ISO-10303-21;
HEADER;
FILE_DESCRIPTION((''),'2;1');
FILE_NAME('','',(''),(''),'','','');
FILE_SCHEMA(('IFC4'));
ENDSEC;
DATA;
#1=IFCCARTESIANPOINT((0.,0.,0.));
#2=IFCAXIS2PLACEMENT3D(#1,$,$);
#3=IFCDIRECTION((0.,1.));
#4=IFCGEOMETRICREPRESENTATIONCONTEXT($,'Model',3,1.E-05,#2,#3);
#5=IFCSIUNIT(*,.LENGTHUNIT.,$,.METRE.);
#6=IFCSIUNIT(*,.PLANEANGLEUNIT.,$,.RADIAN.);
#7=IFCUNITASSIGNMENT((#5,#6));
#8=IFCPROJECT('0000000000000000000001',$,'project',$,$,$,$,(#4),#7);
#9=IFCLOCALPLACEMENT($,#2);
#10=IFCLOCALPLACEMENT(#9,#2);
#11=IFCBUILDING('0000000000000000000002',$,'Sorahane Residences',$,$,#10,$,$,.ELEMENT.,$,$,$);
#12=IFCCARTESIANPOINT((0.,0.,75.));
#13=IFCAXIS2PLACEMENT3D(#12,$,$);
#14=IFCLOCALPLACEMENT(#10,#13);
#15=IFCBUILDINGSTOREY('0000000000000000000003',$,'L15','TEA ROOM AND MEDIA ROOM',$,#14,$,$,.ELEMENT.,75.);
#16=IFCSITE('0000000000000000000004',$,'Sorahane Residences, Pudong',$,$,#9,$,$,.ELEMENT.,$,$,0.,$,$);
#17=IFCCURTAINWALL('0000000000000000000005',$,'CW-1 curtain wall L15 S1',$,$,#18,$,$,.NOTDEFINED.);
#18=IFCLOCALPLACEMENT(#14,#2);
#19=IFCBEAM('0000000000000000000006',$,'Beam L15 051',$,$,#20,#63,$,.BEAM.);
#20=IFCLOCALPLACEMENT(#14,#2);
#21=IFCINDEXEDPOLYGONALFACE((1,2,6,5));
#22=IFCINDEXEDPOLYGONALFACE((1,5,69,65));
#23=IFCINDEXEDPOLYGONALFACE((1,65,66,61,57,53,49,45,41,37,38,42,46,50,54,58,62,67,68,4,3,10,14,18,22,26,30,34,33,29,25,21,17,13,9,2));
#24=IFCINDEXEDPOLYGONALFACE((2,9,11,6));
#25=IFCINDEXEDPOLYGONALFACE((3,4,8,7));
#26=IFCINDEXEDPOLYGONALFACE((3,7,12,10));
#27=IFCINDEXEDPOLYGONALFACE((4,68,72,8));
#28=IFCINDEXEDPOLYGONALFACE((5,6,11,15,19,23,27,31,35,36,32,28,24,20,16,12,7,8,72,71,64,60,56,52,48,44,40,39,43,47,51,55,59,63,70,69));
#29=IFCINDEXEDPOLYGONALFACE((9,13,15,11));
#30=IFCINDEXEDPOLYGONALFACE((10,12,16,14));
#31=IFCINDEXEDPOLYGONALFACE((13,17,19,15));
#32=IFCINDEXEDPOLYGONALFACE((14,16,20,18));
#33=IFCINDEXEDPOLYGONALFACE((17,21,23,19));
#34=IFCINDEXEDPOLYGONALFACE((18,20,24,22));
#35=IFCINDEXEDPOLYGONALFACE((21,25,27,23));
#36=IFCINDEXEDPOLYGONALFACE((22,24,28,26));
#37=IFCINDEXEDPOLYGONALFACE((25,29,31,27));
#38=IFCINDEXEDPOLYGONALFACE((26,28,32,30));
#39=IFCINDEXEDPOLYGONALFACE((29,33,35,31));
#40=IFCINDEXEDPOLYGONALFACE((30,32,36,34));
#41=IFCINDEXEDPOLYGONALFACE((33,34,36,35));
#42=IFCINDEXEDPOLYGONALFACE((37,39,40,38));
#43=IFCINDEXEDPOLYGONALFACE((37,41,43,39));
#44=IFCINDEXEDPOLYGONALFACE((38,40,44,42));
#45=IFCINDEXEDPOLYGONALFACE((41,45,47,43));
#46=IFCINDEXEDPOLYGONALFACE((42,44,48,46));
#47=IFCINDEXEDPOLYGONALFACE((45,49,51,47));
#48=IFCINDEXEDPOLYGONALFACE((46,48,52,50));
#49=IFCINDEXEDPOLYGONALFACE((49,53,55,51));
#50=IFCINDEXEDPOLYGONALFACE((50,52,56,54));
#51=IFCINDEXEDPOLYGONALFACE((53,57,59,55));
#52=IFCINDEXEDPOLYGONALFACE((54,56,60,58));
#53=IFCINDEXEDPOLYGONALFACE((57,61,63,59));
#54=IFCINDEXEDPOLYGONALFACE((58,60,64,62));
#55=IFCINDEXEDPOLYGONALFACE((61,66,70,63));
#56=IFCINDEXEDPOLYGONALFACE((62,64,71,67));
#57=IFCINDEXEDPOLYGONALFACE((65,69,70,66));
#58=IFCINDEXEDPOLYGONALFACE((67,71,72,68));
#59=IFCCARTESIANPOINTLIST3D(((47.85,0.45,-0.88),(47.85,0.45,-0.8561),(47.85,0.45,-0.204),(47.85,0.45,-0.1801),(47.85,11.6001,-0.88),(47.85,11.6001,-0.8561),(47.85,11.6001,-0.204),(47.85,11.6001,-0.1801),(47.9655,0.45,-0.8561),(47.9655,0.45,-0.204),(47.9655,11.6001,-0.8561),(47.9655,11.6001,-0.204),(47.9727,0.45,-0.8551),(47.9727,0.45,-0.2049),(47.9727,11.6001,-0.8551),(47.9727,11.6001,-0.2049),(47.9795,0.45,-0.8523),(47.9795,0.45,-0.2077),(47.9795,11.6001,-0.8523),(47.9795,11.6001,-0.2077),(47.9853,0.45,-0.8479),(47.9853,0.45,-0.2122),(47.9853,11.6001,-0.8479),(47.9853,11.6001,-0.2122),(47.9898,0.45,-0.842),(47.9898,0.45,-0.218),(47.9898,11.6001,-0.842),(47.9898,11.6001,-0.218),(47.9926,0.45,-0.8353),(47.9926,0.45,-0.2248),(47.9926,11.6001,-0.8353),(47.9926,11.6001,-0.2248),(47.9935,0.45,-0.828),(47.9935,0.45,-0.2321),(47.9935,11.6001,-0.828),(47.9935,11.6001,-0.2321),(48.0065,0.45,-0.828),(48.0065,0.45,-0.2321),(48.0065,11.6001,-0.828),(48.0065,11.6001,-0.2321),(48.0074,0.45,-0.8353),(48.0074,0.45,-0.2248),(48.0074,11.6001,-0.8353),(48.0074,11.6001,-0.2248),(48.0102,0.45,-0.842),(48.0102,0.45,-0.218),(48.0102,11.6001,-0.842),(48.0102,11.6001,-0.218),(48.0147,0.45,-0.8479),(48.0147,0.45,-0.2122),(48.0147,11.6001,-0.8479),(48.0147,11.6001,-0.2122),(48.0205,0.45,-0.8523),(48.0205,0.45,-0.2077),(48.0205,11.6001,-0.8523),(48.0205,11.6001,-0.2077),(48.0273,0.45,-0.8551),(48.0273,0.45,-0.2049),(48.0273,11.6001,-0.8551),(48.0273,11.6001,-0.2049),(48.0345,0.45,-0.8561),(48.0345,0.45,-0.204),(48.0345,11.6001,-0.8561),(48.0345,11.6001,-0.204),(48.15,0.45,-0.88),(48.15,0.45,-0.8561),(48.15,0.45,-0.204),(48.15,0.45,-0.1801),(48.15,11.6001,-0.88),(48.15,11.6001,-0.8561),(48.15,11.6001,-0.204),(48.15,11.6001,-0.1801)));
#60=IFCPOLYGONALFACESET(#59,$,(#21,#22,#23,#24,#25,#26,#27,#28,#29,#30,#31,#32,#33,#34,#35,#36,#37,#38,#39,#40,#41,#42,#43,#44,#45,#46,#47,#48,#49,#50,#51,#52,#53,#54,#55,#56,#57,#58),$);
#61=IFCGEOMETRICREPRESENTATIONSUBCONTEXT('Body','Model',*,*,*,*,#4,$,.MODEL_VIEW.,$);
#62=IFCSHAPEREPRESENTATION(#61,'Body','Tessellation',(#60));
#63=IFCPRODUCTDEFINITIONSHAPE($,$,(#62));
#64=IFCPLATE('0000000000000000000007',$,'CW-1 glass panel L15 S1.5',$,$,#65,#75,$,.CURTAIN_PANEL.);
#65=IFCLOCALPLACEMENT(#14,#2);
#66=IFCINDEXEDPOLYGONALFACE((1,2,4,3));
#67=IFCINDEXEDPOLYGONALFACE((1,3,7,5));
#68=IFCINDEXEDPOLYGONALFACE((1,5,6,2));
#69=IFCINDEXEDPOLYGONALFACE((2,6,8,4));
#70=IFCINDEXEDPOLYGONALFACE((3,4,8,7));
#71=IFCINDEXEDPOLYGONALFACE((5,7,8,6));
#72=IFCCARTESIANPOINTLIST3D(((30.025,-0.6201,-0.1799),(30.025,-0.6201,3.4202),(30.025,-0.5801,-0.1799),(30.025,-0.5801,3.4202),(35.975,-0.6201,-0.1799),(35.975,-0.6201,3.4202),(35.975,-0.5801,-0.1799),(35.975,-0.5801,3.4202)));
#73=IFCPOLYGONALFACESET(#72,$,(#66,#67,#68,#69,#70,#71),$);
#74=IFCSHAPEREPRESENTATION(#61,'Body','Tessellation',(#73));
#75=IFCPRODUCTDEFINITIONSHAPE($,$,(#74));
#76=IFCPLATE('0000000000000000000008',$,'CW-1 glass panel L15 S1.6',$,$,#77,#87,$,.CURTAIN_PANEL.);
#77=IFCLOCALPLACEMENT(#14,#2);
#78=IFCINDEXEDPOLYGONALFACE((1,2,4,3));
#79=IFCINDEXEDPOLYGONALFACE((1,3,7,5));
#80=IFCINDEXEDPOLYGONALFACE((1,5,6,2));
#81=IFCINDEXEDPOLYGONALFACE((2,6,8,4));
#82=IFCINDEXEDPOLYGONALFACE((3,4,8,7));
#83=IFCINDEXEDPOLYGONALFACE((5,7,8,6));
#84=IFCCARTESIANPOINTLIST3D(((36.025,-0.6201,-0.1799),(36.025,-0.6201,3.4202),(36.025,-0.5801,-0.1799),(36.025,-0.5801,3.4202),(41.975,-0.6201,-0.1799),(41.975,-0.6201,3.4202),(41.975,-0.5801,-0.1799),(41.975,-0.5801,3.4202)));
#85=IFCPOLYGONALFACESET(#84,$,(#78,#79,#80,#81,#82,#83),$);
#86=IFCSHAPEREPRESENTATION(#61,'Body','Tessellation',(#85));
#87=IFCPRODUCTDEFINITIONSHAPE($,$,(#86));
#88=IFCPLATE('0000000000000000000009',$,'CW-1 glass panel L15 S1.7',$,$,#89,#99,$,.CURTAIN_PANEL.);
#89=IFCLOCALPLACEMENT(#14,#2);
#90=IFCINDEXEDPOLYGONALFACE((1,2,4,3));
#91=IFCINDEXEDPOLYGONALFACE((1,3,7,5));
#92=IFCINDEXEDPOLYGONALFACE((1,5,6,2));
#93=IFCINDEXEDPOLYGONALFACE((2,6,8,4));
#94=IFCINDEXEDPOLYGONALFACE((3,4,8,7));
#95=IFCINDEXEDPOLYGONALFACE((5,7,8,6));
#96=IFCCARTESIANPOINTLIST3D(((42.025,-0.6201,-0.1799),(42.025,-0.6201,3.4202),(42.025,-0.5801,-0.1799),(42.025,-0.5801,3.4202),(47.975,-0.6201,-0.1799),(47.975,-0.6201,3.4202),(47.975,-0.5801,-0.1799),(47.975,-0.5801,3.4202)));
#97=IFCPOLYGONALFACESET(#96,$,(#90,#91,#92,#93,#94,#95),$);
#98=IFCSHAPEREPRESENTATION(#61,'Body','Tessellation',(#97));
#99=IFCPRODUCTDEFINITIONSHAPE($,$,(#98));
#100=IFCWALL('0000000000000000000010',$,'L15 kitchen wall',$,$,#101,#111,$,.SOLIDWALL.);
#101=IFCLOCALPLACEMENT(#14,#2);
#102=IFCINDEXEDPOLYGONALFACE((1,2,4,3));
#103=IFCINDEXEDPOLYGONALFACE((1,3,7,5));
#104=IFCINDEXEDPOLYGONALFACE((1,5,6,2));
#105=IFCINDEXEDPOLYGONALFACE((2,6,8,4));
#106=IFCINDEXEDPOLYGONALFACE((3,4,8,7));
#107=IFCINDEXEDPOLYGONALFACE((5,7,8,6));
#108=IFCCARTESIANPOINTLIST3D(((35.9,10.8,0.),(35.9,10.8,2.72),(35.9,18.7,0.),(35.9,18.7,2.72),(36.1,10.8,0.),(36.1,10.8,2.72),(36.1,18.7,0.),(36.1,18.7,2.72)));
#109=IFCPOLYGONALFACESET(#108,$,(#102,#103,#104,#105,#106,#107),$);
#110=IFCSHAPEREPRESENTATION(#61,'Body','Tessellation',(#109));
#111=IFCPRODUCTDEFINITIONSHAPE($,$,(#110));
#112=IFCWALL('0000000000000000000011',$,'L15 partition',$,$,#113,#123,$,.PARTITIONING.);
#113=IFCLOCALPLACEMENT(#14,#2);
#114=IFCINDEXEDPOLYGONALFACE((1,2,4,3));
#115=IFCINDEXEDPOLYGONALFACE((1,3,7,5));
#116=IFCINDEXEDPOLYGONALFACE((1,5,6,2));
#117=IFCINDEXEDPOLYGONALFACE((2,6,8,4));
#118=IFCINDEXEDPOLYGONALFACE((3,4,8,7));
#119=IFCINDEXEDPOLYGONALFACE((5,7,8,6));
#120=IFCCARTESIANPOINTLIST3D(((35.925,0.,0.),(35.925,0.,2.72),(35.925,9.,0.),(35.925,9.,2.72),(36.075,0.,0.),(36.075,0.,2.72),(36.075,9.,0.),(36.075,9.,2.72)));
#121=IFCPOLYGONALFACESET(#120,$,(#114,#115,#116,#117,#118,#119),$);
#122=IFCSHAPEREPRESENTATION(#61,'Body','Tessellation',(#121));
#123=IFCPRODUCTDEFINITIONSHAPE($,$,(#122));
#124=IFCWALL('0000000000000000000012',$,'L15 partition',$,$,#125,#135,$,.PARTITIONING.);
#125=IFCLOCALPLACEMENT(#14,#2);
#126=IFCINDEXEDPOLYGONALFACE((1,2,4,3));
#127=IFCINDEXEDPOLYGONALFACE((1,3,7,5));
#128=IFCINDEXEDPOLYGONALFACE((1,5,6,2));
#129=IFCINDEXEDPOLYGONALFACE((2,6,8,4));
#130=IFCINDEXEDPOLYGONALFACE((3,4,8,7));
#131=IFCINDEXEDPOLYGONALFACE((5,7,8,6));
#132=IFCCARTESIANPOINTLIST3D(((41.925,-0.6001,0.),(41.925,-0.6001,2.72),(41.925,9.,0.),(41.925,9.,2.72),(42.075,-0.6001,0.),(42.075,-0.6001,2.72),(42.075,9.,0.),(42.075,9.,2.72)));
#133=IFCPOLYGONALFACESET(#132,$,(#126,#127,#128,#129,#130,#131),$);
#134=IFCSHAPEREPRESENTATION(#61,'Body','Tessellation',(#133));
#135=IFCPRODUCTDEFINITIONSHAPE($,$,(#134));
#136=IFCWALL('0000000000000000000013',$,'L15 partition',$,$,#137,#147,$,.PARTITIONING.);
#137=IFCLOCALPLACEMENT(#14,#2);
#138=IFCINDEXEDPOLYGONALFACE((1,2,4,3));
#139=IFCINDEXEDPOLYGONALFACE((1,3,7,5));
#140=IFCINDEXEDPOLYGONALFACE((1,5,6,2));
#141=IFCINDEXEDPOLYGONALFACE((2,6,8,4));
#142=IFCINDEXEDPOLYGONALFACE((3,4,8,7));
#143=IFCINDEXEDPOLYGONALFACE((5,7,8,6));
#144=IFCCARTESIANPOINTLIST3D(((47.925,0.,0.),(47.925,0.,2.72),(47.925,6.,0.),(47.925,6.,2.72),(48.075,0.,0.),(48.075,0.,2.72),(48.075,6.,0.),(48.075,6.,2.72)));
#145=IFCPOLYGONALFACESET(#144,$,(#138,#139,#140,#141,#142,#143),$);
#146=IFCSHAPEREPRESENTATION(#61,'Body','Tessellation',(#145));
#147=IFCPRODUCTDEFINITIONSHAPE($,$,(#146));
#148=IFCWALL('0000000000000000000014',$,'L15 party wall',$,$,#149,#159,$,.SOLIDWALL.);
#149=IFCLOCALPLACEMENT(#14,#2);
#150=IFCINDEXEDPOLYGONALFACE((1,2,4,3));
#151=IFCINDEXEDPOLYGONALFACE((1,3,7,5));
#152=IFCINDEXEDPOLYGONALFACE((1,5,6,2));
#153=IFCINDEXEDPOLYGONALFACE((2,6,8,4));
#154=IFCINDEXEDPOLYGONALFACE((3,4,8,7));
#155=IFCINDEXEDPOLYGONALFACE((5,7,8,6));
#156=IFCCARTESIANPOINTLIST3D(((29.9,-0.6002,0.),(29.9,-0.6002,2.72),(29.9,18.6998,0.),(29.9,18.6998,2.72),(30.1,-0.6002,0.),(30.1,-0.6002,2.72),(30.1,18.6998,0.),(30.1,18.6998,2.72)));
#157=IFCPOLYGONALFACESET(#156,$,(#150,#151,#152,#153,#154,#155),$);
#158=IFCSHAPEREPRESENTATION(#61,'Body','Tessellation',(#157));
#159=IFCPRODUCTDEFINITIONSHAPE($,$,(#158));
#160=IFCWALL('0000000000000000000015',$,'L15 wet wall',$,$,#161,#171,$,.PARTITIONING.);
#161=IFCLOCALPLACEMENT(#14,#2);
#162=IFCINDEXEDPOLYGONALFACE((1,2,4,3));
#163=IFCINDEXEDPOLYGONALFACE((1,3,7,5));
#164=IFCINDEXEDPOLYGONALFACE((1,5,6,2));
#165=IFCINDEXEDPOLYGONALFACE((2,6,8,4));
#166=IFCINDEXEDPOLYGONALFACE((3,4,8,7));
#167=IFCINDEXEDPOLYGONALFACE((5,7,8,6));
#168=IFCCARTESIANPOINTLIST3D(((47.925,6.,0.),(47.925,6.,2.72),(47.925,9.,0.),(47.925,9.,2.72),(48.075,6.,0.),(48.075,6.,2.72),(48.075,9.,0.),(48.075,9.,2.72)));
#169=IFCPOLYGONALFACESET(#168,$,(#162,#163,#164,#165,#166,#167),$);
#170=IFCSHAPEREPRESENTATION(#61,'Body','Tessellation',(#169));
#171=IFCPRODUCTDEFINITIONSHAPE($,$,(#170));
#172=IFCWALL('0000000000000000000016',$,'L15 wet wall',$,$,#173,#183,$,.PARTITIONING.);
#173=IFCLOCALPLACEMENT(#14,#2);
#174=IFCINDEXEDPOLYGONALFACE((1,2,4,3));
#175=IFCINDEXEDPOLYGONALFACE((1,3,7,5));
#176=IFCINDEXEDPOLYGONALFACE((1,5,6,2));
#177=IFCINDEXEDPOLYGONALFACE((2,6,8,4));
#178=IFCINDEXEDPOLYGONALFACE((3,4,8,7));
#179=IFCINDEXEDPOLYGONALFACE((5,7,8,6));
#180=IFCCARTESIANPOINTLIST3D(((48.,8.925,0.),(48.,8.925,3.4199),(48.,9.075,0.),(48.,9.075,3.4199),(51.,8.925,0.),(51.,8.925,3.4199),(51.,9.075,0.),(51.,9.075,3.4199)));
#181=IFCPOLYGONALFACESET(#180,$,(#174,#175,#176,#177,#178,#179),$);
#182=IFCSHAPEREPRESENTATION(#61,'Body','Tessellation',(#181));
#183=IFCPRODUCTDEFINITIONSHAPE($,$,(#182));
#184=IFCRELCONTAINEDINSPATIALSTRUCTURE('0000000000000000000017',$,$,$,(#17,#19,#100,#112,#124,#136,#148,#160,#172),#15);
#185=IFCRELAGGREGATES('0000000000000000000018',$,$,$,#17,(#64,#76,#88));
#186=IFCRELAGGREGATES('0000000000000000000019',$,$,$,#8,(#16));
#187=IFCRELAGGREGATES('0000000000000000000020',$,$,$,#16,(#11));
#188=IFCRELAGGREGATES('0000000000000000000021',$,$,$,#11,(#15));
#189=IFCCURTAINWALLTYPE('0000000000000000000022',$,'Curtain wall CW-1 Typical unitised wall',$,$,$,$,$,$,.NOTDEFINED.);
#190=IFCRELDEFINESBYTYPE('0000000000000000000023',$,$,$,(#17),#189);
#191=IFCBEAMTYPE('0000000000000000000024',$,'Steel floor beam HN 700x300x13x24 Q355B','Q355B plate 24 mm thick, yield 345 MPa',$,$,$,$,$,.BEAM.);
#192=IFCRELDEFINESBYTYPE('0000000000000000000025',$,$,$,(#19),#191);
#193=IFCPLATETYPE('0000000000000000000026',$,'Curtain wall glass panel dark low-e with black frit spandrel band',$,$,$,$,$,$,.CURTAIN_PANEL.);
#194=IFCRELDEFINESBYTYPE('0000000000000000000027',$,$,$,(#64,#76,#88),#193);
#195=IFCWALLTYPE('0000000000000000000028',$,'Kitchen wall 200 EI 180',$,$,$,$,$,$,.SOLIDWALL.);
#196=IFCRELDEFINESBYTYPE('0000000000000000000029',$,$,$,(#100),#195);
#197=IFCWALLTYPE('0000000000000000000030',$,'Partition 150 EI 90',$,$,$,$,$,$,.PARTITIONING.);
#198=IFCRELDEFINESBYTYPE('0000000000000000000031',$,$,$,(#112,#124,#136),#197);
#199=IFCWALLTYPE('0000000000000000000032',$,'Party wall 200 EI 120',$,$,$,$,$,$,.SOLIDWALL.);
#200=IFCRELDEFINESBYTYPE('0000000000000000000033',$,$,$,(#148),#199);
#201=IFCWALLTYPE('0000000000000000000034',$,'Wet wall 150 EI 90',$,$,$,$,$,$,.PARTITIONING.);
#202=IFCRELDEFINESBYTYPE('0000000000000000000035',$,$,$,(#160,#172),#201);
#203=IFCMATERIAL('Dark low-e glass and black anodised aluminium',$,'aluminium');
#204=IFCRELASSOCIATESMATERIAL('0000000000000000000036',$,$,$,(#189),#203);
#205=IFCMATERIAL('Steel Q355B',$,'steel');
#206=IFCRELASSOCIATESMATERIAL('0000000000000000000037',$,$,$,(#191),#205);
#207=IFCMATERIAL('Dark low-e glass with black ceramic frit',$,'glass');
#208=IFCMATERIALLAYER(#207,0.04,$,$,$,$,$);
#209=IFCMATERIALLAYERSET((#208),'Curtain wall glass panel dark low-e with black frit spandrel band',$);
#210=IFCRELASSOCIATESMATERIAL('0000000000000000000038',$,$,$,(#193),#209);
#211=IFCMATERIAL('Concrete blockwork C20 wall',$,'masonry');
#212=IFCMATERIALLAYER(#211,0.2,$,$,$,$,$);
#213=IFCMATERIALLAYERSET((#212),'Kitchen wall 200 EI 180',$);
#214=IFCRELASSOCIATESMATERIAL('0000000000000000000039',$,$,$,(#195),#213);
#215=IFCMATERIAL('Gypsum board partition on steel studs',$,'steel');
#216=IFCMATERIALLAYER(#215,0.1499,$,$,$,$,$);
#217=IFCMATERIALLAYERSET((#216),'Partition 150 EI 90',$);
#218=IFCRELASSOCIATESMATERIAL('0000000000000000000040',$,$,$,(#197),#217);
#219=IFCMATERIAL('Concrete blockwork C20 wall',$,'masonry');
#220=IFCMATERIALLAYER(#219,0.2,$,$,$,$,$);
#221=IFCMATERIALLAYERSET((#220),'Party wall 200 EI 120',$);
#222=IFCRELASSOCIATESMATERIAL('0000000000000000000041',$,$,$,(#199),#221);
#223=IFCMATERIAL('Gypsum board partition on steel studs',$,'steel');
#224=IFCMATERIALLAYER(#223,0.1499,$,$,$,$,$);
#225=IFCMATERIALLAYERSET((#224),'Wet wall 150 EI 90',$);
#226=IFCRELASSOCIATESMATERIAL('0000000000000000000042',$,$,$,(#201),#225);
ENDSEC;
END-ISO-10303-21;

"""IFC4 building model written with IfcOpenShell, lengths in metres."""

from ifc_helpers import new_model, si_unit, direction, frame, frame_2d, origin, origin_2d, place, context, subcontext, project, spatial, rectangle, i_section, extrude, material, layer, layer_set, material_profile, profile_set, type_object, element, aggregate, save


model = new_model("IFC4")

# Units and contexts
model_context = context("Model", 3, precision=1e-05, world=origin(), true_north=direction((0.0, 1.0)))
body_context = subcontext(model_context, "Body", "Model", "MODEL_VIEW")
ifc_project = project(units=[si_unit("LENGTHUNIT", "METRE"), si_unit("PLANEANGLEUNIT", "RADIAN")], contexts=[model_context])

# Site, building, storey
site_placement = place(None, origin())
site = spatial("IfcSite", under=ifc_project, at=site_placement, Name="Sorahane Residences, Pudong", CompositionType="ELEMENT", RefElevation=0.0)
building_placement = place(site_placement, origin())
building = spatial("IfcBuilding", under=site, at=building_placement, Name="Sorahane Residences", CompositionType="ELEMENT")
storey_placement = place(building_placement, frame((0.0, 0.0, 75.0)))
storey = spatial("IfcBuildingStorey", under=building, at=storey_placement, Name="L15", Description="TEA ROOM AND MEDIA ROOM", CompositionType="ELEMENT", Elevation=75.0)

# Curtain wall
ifc_material_1 = material(Name="Dark low-e glass and black anodised aluminium", Category="aluminium")
curtain_wall_type = type_object("IfcCurtainWallType", Name="Curtain wall CW-1 Typical unitised wall", PredefinedType="NOTDEFINED", material=ifc_material_1)
curtain_wall_placement = place(storey_placement, origin())
curtain_wall = element("IfcCurtainWall", 1, at=curtain_wall_placement, inside=storey, type_object=curtain_wall_type, Name="CW-1 curtain wall L15 S1", PredefinedType="NOTDEFINED")

# Beam
ifc_material_2 = material(Name="Steel Q355B", Category="steel")
ifc_material_profile_1 = material_profile(ifc_material_2, i_section(OverallWidth=0.3, OverallDepth=0.7, WebThickness=0.0129, FlangeThickness=0.0239, FilletRadius=0.0281, at=origin_2d()), Name="HN 700x300x13x24")
ifc_profile_set_1 = profile_set([ifc_material_profile_1], Name="Steel Q355B")
beam_type_1 = type_object("IfcBeamType", Name="Steel floor beam HN 700x300x13x24 Q355B", Description="Q355B plate 24 mm thick, yield 345 MPa", PredefinedType="BEAM", material=ifc_profile_set_1)
beam_1_placement = place(storey_placement, frame((48.0, 0.45, -0.53), z_axis=(0.0, 1.0, 0.0), x_axis=(-1.0, 0.0, 0.0)))
element("IfcBeam", 2, at=beam_1_placement, inside=storey, type_object=beam_type_1, Name="Beam L15 051", PredefinedType="BEAM", context=body_context, shape_type="SweptSolid", body=[
    extrude(i_section(OverallWidth=0.3, OverallDepth=0.7, WebThickness=0.0129, FlangeThickness=0.0239, FilletRadius=0.0281, at=origin_2d()), origin(), (0.0, 0.0, 1.0), 11.1501),
])

# Plates
ifc_material_3 = material(Name="Dark low-e glass with black ceramic frit", Category="glass")
ifc_layer_1 = layer(ifc_material_3, 0.04)
ifc_layer_set_1 = layer_set([ifc_layer_1], Name="Curtain wall glass panel dark low-e with black frit spandrel band")
plate_type = type_object("IfcPlateType", Name="Curtain wall glass panel dark low-e with black frit spandrel band", PredefinedType="CURTAIN_PANEL", material=ifc_layer_set_1)
plate_1_placement = place(storey_placement, frame((33.0, -0.6001, -0.1799), z_axis=(0.0, 0.0, 1.0), x_axis=(1.0, 0.0, 0.0)))
plate_1 = element("IfcPlate", 3, at=plate_1_placement, type_object=plate_type, Name="CW-1 glass panel L15 S1.5", PredefinedType="CURTAIN_PANEL", context=body_context, shape_type="SweptSolid", body=[
    extrude(rectangle(XDim=5.95, YDim=0.04, at=origin_2d()), origin(), (0.0, 0.0, 1.0), 3.6001),
])
plate_2_placement = place(storey_placement, frame((39.0, -0.6001, -0.1799), z_axis=(0.0, 0.0, 1.0), x_axis=(1.0, 0.0, 0.0)))
plate_2 = element("IfcPlate", 4, at=plate_2_placement, type_object=plate_type, Name="CW-1 glass panel L15 S1.6", PredefinedType="CURTAIN_PANEL", context=body_context, shape_type="SweptSolid", body=[
    extrude(rectangle(XDim=5.95, YDim=0.04, at=origin_2d()), origin(), (0.0, 0.0, 1.0), 3.6001),
])
plate_3_placement = place(storey_placement, frame((45.0, -0.6001, -0.1799), z_axis=(0.0, 0.0, 1.0), x_axis=(1.0, 0.0, 0.0)))
plate_3 = element("IfcPlate", 5, at=plate_3_placement, type_object=plate_type, Name="CW-1 glass panel L15 S1.7", PredefinedType="CURTAIN_PANEL", context=body_context, shape_type="SweptSolid", body=[
    extrude(rectangle(XDim=5.95, YDim=0.04, at=origin_2d()), origin(), (0.0, 0.0, 1.0), 3.6001),
])
aggregate(curtain_wall, [plate_1, plate_2, plate_3])

# Wall
ifc_material_4 = material(Name="Concrete blockwork C20 wall", Category="masonry")
ifc_layer_2 = layer(ifc_material_4, 0.2)
ifc_layer_set_2 = layer_set([ifc_layer_2], Name="Kitchen wall 200 EI 180")
wall_type_1 = type_object("IfcWallType", Name="Kitchen wall 200 EI 180", PredefinedType="SOLIDWALL", material=ifc_layer_set_2)
wall_1_placement = place(storey_placement, frame((36.0, 10.8, 0.0), z_axis=(0.0, 0.0, 1.0), x_axis=(0.0, 1.0, 0.0)))
element("IfcWall", 6, at=wall_1_placement, inside=storey, type_object=wall_type_1, Name="L15 kitchen wall", PredefinedType="SOLIDWALL", context=body_context, shape_type="SweptSolid", body=[
    extrude(rectangle(XDim=7.8999, YDim=0.2, at=frame_2d((3.95, 0.0))), origin(), (0.0, 0.0, 1.0), 2.72),
])

# Walls
ifc_material_5 = material(Name="Gypsum board partition on steel studs", Category="steel")
ifc_layer_3 = layer(ifc_material_5, 0.1499)
ifc_layer_set_3 = layer_set([ifc_layer_3], Name="Partition 150 EI 90")
wall_type_2 = type_object("IfcWallType", Name="Partition 150 EI 90", PredefinedType="PARTITIONING", material=ifc_layer_set_3)
wall_2_placement = place(storey_placement, frame((36.0, 0.0, 0.0), z_axis=(0.0, 0.0, 1.0), x_axis=(0.0, 1.0, 0.0)))
element("IfcWall", 7, at=wall_2_placement, inside=storey, type_object=wall_type_2, Name="L15 partition", PredefinedType="PARTITIONING", context=body_context, shape_type="SweptSolid", body=[
    extrude(rectangle(XDim=9.0, YDim=0.1499, at=frame_2d((4.5, 0.0))), origin(), (0.0, 0.0, 1.0), 2.72),
])
wall_3_placement = place(storey_placement, frame((42.0, -0.6001, 0.0), z_axis=(0.0, 0.0, 1.0), x_axis=(0.0, 1.0, 0.0)))
element("IfcWall", 8, at=wall_3_placement, inside=storey, type_object=wall_type_2, Name="L15 partition", PredefinedType="PARTITIONING", context=body_context, shape_type="SweptSolid", body=[
    extrude(rectangle(XDim=9.6001, YDim=0.1499, at=frame_2d((4.8, 0.0))), origin(), (0.0, 0.0, 1.0), 2.72),
])
wall_4_placement = place(storey_placement, frame((48.0, 0.0, 0.0), z_axis=(0.0, 0.0, 1.0), x_axis=(0.0, 1.0, 0.0)))
element("IfcWall", 9, at=wall_4_placement, inside=storey, type_object=wall_type_2, Name="L15 partition", PredefinedType="PARTITIONING", context=body_context, shape_type="SweptSolid", body=[
    extrude(rectangle(XDim=6.0, YDim=0.1499, at=frame_2d((3.0, 0.0))), origin(), (0.0, 0.0, 1.0), 2.72),
])
ifc_material_6 = material(Name="Concrete blockwork C20 wall", Category="masonry")
ifc_layer_4 = layer(ifc_material_6, 0.2)
ifc_layer_set_4 = layer_set([ifc_layer_4], Name="Party wall 200 EI 120")
wall_type_3 = type_object("IfcWallType", Name="Party wall 200 EI 120", PredefinedType="SOLIDWALL", material=ifc_layer_set_4)
wall_5_placement = place(storey_placement, frame((30.0, -0.6001, 0.0), z_axis=(0.0, 0.0, 1.0), x_axis=(0.0, 1.0, 0.0)))
element("IfcWall", 10, at=wall_5_placement, inside=storey, type_object=wall_type_3, Name="L15 party wall", PredefinedType="SOLIDWALL", context=body_context, shape_type="SweptSolid", body=[
    extrude(rectangle(XDim=19.3, YDim=0.2, at=frame_2d((9.6499, 0.0))), origin(), (0.0, 0.0, 1.0), 2.72),
])
ifc_material_7 = material(Name="Gypsum board partition on steel studs", Category="steel")
ifc_layer_5 = layer(ifc_material_7, 0.1499)
ifc_layer_set_5 = layer_set([ifc_layer_5], Name="Wet wall 150 EI 90")
wall_type_4 = type_object("IfcWallType", Name="Wet wall 150 EI 90", PredefinedType="PARTITIONING", material=ifc_layer_set_5)
wall_6_placement = place(storey_placement, frame((48.0, 6.0, 0.0), z_axis=(0.0, 0.0, 1.0), x_axis=(0.0, 1.0, 0.0)))
element("IfcWall", 11, at=wall_6_placement, inside=storey, type_object=wall_type_4, Name="L15 wet wall", PredefinedType="PARTITIONING", context=body_context, shape_type="SweptSolid", body=[
    extrude(rectangle(XDim=3.0, YDim=0.1499, at=frame_2d((1.5, 0.0))), origin(), (0.0, 0.0, 1.0), 2.72),
])

# Wall
wall_7_placement = place(storey_placement, frame((48.0, 9.0, 0.0), z_axis=(0.0, 0.0, 1.0), x_axis=(1.0, 0.0, 0.0)))
element("IfcWall", 12, at=wall_7_placement, inside=storey, type_object=wall_type_4, Name="L15 wet wall", PredefinedType="PARTITIONING", context=body_context, shape_type="SweptSolid", body=[
    extrude(rectangle(XDim=3.0, YDim=0.1499, at=frame_2d((1.5, 0.0))), origin(), (0.0, 0.0, 1.0), 3.4199),
])

save(model, "model.ifc")
